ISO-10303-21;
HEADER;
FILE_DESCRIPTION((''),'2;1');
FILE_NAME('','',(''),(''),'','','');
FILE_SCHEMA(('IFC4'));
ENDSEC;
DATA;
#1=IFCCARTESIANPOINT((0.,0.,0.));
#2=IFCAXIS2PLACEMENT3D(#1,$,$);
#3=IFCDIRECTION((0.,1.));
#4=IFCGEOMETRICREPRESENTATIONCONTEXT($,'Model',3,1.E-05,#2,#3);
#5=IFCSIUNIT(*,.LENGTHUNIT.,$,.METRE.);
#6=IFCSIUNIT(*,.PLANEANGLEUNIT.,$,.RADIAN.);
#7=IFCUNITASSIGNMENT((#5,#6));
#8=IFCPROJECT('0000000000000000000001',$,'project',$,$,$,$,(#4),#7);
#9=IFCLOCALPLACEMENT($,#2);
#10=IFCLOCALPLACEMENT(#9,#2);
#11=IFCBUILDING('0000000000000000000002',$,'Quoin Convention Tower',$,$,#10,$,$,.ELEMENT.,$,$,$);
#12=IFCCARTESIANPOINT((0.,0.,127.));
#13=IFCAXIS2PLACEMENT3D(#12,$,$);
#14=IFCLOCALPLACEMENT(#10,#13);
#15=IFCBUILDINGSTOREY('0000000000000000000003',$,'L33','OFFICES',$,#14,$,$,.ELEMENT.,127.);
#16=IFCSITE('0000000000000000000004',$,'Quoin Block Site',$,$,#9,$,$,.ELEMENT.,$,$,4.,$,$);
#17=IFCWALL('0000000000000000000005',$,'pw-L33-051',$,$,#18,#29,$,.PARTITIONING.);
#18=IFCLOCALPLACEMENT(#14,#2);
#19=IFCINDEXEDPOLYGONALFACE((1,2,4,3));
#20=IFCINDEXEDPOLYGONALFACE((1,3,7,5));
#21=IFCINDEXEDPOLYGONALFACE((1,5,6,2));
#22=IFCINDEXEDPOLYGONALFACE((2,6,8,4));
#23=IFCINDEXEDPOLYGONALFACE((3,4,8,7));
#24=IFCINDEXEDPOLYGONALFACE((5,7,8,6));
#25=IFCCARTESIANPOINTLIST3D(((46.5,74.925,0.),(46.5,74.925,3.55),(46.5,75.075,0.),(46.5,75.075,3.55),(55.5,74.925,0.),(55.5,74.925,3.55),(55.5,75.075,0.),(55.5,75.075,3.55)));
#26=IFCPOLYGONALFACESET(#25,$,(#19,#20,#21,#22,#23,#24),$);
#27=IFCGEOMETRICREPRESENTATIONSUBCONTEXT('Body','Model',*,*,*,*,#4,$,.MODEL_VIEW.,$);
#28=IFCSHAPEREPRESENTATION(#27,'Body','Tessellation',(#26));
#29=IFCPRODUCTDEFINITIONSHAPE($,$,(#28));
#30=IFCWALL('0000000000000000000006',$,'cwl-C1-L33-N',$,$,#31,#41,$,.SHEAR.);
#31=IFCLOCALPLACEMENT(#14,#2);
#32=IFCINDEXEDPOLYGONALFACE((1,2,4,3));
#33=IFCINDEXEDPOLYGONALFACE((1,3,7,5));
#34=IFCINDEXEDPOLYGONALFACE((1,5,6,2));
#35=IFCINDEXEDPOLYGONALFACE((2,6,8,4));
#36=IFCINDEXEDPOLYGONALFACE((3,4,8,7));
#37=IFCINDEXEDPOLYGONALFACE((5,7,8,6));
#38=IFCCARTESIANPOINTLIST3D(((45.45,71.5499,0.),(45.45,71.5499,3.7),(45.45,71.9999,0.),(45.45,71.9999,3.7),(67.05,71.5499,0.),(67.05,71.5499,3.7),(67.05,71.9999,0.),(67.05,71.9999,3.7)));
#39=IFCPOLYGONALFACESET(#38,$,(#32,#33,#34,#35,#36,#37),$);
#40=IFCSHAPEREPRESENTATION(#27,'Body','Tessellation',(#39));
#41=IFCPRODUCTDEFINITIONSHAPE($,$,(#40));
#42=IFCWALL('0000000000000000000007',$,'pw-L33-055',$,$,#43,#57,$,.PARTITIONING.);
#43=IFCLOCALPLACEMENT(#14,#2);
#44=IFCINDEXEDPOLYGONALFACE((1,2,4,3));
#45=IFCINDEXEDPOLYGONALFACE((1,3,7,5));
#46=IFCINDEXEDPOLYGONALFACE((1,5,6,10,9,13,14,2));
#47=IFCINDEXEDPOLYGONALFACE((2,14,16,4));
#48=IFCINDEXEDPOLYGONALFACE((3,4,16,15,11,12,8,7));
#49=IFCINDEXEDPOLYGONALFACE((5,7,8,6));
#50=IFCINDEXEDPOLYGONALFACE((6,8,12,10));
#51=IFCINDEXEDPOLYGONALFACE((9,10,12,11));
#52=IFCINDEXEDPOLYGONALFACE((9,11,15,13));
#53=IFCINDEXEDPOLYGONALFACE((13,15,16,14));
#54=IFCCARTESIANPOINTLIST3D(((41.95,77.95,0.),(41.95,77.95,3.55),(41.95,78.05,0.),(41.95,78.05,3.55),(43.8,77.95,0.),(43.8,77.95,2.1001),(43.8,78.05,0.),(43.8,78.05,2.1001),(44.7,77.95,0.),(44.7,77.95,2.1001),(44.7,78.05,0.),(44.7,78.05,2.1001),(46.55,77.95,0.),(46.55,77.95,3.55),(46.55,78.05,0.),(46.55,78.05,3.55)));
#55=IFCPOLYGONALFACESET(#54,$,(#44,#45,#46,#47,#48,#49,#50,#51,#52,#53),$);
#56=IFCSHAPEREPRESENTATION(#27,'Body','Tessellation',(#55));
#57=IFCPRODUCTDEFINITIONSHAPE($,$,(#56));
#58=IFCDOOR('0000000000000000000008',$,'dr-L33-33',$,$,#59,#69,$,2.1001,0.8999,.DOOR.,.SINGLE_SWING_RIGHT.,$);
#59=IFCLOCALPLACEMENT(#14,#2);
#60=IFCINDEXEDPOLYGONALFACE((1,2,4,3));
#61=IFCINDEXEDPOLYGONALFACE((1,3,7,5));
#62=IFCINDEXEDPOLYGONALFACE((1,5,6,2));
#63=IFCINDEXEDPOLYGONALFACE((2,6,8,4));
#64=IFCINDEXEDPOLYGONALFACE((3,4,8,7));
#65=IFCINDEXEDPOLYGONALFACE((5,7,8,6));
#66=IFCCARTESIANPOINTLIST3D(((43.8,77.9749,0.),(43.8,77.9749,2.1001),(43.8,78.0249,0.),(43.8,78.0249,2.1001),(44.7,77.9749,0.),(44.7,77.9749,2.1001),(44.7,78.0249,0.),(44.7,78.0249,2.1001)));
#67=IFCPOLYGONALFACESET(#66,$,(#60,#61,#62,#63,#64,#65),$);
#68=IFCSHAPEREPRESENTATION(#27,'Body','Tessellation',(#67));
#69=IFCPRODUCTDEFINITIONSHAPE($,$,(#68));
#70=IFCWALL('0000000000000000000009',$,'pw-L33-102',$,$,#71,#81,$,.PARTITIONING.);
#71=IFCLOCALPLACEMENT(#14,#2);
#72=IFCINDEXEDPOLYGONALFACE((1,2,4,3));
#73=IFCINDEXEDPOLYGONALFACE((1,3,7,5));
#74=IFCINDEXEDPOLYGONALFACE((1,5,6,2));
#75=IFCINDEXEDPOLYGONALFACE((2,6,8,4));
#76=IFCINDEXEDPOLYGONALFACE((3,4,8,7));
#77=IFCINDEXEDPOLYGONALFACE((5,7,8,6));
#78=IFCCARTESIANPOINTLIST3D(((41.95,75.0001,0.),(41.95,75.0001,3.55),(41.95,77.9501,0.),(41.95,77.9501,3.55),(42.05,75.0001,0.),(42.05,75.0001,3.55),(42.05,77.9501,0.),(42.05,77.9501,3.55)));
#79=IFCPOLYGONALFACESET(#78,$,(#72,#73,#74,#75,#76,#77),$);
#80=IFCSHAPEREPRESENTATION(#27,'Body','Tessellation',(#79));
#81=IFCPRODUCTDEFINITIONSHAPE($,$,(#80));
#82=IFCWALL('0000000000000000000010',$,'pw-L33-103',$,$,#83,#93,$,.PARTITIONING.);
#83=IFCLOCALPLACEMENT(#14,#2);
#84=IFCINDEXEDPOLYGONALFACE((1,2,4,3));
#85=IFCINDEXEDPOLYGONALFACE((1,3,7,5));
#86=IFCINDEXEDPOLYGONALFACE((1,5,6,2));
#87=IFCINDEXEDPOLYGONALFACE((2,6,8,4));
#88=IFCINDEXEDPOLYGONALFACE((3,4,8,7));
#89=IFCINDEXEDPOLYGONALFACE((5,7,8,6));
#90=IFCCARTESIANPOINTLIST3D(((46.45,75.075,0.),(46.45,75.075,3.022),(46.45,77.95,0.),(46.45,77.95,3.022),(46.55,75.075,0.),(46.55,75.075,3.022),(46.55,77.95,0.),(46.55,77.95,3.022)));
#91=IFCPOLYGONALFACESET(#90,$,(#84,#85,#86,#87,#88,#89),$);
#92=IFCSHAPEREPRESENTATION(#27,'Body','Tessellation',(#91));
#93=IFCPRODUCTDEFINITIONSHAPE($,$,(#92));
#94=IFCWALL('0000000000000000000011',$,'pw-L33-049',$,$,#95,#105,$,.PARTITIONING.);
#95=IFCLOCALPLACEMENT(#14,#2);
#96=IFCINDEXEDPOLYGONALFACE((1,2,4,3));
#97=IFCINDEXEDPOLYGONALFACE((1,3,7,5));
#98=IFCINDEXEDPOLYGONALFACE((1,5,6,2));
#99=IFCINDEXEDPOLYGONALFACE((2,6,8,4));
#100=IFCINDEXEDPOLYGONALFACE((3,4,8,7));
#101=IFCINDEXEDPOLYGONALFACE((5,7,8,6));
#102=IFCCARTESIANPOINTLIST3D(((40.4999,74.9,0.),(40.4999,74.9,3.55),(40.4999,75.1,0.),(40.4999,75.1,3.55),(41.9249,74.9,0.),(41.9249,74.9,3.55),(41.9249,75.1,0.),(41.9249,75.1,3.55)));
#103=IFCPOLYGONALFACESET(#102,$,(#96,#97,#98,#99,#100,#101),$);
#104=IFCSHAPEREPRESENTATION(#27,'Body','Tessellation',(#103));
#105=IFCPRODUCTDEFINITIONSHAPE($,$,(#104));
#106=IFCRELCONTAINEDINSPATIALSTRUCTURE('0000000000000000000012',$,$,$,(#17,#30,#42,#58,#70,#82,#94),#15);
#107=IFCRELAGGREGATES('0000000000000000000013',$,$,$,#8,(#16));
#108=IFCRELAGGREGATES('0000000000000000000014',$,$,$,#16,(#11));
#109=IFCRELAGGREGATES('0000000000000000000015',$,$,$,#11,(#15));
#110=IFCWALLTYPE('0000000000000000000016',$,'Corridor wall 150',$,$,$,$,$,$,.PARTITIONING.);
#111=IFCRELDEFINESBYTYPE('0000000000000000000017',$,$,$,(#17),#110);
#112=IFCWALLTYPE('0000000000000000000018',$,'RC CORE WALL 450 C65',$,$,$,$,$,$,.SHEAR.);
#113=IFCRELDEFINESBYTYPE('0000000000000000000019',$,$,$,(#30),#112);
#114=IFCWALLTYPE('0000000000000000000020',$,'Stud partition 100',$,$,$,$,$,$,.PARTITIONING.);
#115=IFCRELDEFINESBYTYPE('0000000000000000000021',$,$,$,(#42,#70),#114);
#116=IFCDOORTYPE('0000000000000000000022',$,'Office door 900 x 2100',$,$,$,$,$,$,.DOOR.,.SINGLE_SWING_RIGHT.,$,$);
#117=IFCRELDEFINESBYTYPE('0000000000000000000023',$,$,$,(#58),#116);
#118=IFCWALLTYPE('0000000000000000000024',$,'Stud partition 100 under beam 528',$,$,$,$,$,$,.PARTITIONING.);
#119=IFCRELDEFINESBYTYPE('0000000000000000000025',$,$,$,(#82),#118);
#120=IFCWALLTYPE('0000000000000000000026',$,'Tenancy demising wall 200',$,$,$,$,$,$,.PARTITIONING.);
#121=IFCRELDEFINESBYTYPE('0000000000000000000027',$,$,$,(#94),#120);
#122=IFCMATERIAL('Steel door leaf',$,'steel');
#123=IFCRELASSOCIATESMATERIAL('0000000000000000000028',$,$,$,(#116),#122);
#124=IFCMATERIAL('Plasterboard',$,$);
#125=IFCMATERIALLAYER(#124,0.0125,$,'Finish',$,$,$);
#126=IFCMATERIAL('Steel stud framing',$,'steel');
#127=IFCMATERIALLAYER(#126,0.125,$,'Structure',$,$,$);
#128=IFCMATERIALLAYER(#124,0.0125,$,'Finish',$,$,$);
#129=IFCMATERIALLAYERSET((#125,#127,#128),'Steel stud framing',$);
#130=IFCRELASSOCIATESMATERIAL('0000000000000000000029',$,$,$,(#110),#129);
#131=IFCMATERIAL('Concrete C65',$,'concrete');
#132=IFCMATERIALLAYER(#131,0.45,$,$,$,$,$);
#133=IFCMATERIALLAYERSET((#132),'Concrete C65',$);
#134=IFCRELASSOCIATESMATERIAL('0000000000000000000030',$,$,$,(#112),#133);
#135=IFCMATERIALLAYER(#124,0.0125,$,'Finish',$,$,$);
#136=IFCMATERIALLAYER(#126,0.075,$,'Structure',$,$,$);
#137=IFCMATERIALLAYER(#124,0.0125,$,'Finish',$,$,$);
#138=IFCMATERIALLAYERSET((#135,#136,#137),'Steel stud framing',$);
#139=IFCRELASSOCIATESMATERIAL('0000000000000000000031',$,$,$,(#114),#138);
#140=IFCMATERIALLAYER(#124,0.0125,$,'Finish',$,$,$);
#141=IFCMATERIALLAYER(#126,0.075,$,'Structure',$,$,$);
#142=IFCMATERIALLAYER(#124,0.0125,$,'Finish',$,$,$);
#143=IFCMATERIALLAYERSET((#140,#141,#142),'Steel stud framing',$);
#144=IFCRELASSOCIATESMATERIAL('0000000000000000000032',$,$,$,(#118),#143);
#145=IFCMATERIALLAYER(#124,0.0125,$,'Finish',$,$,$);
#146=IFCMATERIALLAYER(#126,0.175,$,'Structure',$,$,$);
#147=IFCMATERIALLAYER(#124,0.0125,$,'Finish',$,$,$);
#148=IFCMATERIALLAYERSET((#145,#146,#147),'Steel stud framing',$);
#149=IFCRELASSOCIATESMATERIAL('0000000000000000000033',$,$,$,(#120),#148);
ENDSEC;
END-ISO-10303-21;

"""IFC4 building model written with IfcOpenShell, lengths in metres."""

from ifc_helpers import new_model, si_unit, direction, frame, frame_2d, origin, place, context, subcontext, project, spatial, rectangle, extrude, material, layer, layer_set, type_object, element, fill, save


model = new_model("IFC4")

# Units and contexts
model_context = context("Model", 3, precision=1e-05, world=origin(), true_north=direction((0.0, 1.0)))
body_context = subcontext(model_context, "Body", "Model", "MODEL_VIEW")
ifc_project = project(units=[si_unit("LENGTHUNIT", "METRE"), si_unit("PLANEANGLEUNIT", "RADIAN")], contexts=[model_context])

# Site, building, storey
site_placement = place(None, origin())
site = spatial("IfcSite", under=ifc_project, at=site_placement, Name="Quoin Block Site", CompositionType="ELEMENT", RefElevation=4.0)
building_placement = place(site_placement, origin())
building = spatial("IfcBuilding", under=site, at=building_placement, Name="Quoin Convention Tower", CompositionType="ELEMENT")
storey_placement = place(building_placement, frame((0.0, 0.0, 127.0)))
storey = spatial("IfcBuildingStorey", under=building, at=storey_placement, Name="L33", Description="OFFICES", CompositionType="ELEMENT", Elevation=127.0)

# Shared definitions
ifc_material_1 = material(Name="Concrete C65", Category="concrete")

# Shared definitions
ifc_material_2 = material(Name="Plasterboard")
ifc_material_3 = material(Name="Steel stud framing", Category="steel")
ifc_material_4 = material(Name="Steel door leaf", Category="steel")
door_type_1 = type_object("IfcDoorType", Name="Office door 900 x 2100", OperationType="SINGLE_SWING_RIGHT", PredefinedType="DOOR", material=ifc_material_4)

# Shared definitions
ifc_layer_1 = layer(ifc_material_2, 0.0125, Name="Finish")
ifc_layer_2 = layer(ifc_material_3, 0.125, Name="Structure")
ifc_layer_3 = layer(ifc_material_2, 0.0125, Name="Finish")
ifc_layer_set_1 = layer_set([ifc_layer_1, ifc_layer_2, ifc_layer_3], Name="Steel stud framing")
wall_type_1 = type_object("IfcWallType", Name="Corridor wall 150", PredefinedType="PARTITIONING", material=ifc_layer_set_1)

# Walls
wall_1_placement = place(storey_placement, frame((46.5, 75.0, 0.0), z_axis=(0.0, 0.0, 1.0), x_axis=(1.0, 0.0, 0.0)))
element("IfcWall", 1, at=wall_1_placement, inside=storey, type_object=wall_type_1, Name="pw-L33-051", PredefinedType="PARTITIONING", context=body_context, shape_type="SweptSolid", body=[
    extrude(rectangle(XDim=9.0, YDim=0.1499, at=frame_2d((4.5, 0.0))), origin(), (0.0, 0.0, 1.0), 3.55),
])
ifc_layer_4 = layer(ifc_material_1, 0.45)
ifc_layer_set_2 = layer_set([ifc_layer_4], Name="Concrete C65")
wall_type_2 = type_object("IfcWallType", Name="RC CORE WALL 450 C65", PredefinedType="SHEAR", material=ifc_layer_set_2)
wall_2_placement = place(storey_placement, frame((45.45, 71.7749, 0.0), z_axis=(0.0, 0.0, 1.0), x_axis=(1.0, 0.0, 0.0)))
element("IfcWall", 2, at=wall_2_placement, inside=storey, type_object=wall_type_2, Name="cwl-C1-L33-N", PredefinedType="SHEAR", context=body_context, shape_type="SweptSolid", body=[
    extrude(rectangle(XDim=21.6001, YDim=0.45, at=frame_2d((10.8, 0.0))), origin(), (0.0, 0.0, 1.0), 3.7),
])

# Wall, opening, door
ifc_layer_5 = layer(ifc_material_2, 0.0125, Name="Finish")
ifc_layer_6 = layer(ifc_material_3, 0.075, Name="Structure")
ifc_layer_7 = layer(ifc_material_2, 0.0125, Name="Finish")
ifc_layer_set_3 = layer_set([ifc_layer_5, ifc_layer_6, ifc_layer_7], Name="Steel stud framing")
wall_type_3 = type_object("IfcWallType", Name="Stud partition 100", PredefinedType="PARTITIONING", material=ifc_layer_set_3)
wall_3_placement = place(storey_placement, frame((41.95, 78.0, 0.0), z_axis=(0.0, 0.0, 1.0), x_axis=(1.0, 0.0, 0.0)))
wall_3 = element("IfcWall", 3, at=wall_3_placement, inside=storey, type_object=wall_type_3, Name="pw-L33-055", PredefinedType="PARTITIONING", context=body_context, shape_type="SweptSolid", body=[
    extrude(rectangle(XDim=4.6001, YDim=0.1001, at=frame_2d((2.3, 0.0))), origin(), (0.0, 0.0, 1.0), 3.55),
])
opening_1_placement = place(wall_3_placement, frame((1.8501, 0.0, 0.0)))
opening_1 = element("IfcOpeningElement", 4, at=opening_1_placement, cuts=wall_3, PredefinedType="OPENING", context=body_context, shape_type="SweptSolid", body=[
    extrude(rectangle(XDim=0.8999, YDim=2.1001, at=frame_2d((0.45, 1.05))), frame((0.0, 0.0601, 0.0), z_axis=(0.0, -1.0, 0.0), x_axis=(1.0, 0.0, 0.0)), (0.0, 0.0, 1.0), 0.1201),
])
door_1_placement = place(opening_1_placement, origin())
door_1 = element("IfcDoor", 5, at=door_1_placement, inside=storey, type_object=door_type_1, Name="dr-L33-33", OperationType="SINGLE_SWING_RIGHT", OverallHeight=2.1001, OverallWidth=0.8999, PredefinedType="DOOR", context=body_context, shape_type="SweptSolid", body=[
    extrude(rectangle(XDim=0.8999, YDim=2.1001, at=frame_2d((0.45, 1.05))), frame((0.0, 0.0249, 0.0), z_axis=(0.0, -1.0, 0.0), x_axis=(1.0, 0.0, 0.0)), (0.0, 0.0, 1.0), 0.05),
])
fill(opening_1, door_1)

# Walls
wall_4_placement = place(storey_placement, frame((42.0, 75.0, 0.0), z_axis=(0.0, 0.0, 1.0), x_axis=(0.0, 1.0, 0.0)))
element("IfcWall", 6, at=wall_4_placement, inside=storey, type_object=wall_type_3, Name="pw-L33-102", PredefinedType="PARTITIONING", context=body_context, shape_type="SweptSolid", body=[
    extrude(rectangle(XDim=2.95, YDim=0.1001, at=frame_2d((1.4751, 0.0))), origin(), (0.0, 0.0, 1.0), 3.55),
])
ifc_layer_8 = layer(ifc_material_2, 0.0125, Name="Finish")
ifc_layer_9 = layer(ifc_material_3, 0.075, Name="Structure")
ifc_layer_10 = layer(ifc_material_2, 0.0125, Name="Finish")
ifc_layer_set_4 = layer_set([ifc_layer_8, ifc_layer_9, ifc_layer_10], Name="Steel stud framing")
wall_type_4 = type_object("IfcWallType", Name="Stud partition 100 under beam 528", PredefinedType="PARTITIONING", material=ifc_layer_set_4)
wall_5_placement = place(storey_placement, frame((46.5, 75.075, 0.0), z_axis=(0.0, 0.0, 1.0), x_axis=(0.0, 1.0, 0.0)))
element("IfcWall", 7, at=wall_5_placement, inside=storey, type_object=wall_type_4, Name="pw-L33-103", PredefinedType="PARTITIONING", context=body_context, shape_type="SweptSolid", body=[
    extrude(rectangle(XDim=2.875, YDim=0.1001, at=frame_2d((1.4375, 0.0))), origin(), (0.0, 0.0, 1.0), 3.022),
])
ifc_layer_11 = layer(ifc_material_2, 0.0125, Name="Finish")
ifc_layer_12 = layer(ifc_material_3, 0.175, Name="Structure")
ifc_layer_13 = layer(ifc_material_2, 0.0125, Name="Finish")
ifc_layer_set_5 = layer_set([ifc_layer_11, ifc_layer_12, ifc_layer_13], Name="Steel stud framing")
wall_type_5 = type_object("IfcWallType", Name="Tenancy demising wall 200", PredefinedType="PARTITIONING", material=ifc_layer_set_5)
wall_6_placement = place(storey_placement, frame((40.5, 75.0, 0.0), z_axis=(0.0, 0.0, 1.0), x_axis=(1.0, 0.0, 0.0)))
element("IfcWall", 8, at=wall_6_placement, inside=storey, type_object=wall_type_5, Name="pw-L33-049", PredefinedType="PARTITIONING", context=body_context, shape_type="SweptSolid", body=[
    extrude(rectangle(XDim=1.425, YDim=0.2, at=frame_2d((0.7124, 0.0))), origin(), (0.0, 0.0, 1.0), 3.55),
])

save(model, "model.ifc")
